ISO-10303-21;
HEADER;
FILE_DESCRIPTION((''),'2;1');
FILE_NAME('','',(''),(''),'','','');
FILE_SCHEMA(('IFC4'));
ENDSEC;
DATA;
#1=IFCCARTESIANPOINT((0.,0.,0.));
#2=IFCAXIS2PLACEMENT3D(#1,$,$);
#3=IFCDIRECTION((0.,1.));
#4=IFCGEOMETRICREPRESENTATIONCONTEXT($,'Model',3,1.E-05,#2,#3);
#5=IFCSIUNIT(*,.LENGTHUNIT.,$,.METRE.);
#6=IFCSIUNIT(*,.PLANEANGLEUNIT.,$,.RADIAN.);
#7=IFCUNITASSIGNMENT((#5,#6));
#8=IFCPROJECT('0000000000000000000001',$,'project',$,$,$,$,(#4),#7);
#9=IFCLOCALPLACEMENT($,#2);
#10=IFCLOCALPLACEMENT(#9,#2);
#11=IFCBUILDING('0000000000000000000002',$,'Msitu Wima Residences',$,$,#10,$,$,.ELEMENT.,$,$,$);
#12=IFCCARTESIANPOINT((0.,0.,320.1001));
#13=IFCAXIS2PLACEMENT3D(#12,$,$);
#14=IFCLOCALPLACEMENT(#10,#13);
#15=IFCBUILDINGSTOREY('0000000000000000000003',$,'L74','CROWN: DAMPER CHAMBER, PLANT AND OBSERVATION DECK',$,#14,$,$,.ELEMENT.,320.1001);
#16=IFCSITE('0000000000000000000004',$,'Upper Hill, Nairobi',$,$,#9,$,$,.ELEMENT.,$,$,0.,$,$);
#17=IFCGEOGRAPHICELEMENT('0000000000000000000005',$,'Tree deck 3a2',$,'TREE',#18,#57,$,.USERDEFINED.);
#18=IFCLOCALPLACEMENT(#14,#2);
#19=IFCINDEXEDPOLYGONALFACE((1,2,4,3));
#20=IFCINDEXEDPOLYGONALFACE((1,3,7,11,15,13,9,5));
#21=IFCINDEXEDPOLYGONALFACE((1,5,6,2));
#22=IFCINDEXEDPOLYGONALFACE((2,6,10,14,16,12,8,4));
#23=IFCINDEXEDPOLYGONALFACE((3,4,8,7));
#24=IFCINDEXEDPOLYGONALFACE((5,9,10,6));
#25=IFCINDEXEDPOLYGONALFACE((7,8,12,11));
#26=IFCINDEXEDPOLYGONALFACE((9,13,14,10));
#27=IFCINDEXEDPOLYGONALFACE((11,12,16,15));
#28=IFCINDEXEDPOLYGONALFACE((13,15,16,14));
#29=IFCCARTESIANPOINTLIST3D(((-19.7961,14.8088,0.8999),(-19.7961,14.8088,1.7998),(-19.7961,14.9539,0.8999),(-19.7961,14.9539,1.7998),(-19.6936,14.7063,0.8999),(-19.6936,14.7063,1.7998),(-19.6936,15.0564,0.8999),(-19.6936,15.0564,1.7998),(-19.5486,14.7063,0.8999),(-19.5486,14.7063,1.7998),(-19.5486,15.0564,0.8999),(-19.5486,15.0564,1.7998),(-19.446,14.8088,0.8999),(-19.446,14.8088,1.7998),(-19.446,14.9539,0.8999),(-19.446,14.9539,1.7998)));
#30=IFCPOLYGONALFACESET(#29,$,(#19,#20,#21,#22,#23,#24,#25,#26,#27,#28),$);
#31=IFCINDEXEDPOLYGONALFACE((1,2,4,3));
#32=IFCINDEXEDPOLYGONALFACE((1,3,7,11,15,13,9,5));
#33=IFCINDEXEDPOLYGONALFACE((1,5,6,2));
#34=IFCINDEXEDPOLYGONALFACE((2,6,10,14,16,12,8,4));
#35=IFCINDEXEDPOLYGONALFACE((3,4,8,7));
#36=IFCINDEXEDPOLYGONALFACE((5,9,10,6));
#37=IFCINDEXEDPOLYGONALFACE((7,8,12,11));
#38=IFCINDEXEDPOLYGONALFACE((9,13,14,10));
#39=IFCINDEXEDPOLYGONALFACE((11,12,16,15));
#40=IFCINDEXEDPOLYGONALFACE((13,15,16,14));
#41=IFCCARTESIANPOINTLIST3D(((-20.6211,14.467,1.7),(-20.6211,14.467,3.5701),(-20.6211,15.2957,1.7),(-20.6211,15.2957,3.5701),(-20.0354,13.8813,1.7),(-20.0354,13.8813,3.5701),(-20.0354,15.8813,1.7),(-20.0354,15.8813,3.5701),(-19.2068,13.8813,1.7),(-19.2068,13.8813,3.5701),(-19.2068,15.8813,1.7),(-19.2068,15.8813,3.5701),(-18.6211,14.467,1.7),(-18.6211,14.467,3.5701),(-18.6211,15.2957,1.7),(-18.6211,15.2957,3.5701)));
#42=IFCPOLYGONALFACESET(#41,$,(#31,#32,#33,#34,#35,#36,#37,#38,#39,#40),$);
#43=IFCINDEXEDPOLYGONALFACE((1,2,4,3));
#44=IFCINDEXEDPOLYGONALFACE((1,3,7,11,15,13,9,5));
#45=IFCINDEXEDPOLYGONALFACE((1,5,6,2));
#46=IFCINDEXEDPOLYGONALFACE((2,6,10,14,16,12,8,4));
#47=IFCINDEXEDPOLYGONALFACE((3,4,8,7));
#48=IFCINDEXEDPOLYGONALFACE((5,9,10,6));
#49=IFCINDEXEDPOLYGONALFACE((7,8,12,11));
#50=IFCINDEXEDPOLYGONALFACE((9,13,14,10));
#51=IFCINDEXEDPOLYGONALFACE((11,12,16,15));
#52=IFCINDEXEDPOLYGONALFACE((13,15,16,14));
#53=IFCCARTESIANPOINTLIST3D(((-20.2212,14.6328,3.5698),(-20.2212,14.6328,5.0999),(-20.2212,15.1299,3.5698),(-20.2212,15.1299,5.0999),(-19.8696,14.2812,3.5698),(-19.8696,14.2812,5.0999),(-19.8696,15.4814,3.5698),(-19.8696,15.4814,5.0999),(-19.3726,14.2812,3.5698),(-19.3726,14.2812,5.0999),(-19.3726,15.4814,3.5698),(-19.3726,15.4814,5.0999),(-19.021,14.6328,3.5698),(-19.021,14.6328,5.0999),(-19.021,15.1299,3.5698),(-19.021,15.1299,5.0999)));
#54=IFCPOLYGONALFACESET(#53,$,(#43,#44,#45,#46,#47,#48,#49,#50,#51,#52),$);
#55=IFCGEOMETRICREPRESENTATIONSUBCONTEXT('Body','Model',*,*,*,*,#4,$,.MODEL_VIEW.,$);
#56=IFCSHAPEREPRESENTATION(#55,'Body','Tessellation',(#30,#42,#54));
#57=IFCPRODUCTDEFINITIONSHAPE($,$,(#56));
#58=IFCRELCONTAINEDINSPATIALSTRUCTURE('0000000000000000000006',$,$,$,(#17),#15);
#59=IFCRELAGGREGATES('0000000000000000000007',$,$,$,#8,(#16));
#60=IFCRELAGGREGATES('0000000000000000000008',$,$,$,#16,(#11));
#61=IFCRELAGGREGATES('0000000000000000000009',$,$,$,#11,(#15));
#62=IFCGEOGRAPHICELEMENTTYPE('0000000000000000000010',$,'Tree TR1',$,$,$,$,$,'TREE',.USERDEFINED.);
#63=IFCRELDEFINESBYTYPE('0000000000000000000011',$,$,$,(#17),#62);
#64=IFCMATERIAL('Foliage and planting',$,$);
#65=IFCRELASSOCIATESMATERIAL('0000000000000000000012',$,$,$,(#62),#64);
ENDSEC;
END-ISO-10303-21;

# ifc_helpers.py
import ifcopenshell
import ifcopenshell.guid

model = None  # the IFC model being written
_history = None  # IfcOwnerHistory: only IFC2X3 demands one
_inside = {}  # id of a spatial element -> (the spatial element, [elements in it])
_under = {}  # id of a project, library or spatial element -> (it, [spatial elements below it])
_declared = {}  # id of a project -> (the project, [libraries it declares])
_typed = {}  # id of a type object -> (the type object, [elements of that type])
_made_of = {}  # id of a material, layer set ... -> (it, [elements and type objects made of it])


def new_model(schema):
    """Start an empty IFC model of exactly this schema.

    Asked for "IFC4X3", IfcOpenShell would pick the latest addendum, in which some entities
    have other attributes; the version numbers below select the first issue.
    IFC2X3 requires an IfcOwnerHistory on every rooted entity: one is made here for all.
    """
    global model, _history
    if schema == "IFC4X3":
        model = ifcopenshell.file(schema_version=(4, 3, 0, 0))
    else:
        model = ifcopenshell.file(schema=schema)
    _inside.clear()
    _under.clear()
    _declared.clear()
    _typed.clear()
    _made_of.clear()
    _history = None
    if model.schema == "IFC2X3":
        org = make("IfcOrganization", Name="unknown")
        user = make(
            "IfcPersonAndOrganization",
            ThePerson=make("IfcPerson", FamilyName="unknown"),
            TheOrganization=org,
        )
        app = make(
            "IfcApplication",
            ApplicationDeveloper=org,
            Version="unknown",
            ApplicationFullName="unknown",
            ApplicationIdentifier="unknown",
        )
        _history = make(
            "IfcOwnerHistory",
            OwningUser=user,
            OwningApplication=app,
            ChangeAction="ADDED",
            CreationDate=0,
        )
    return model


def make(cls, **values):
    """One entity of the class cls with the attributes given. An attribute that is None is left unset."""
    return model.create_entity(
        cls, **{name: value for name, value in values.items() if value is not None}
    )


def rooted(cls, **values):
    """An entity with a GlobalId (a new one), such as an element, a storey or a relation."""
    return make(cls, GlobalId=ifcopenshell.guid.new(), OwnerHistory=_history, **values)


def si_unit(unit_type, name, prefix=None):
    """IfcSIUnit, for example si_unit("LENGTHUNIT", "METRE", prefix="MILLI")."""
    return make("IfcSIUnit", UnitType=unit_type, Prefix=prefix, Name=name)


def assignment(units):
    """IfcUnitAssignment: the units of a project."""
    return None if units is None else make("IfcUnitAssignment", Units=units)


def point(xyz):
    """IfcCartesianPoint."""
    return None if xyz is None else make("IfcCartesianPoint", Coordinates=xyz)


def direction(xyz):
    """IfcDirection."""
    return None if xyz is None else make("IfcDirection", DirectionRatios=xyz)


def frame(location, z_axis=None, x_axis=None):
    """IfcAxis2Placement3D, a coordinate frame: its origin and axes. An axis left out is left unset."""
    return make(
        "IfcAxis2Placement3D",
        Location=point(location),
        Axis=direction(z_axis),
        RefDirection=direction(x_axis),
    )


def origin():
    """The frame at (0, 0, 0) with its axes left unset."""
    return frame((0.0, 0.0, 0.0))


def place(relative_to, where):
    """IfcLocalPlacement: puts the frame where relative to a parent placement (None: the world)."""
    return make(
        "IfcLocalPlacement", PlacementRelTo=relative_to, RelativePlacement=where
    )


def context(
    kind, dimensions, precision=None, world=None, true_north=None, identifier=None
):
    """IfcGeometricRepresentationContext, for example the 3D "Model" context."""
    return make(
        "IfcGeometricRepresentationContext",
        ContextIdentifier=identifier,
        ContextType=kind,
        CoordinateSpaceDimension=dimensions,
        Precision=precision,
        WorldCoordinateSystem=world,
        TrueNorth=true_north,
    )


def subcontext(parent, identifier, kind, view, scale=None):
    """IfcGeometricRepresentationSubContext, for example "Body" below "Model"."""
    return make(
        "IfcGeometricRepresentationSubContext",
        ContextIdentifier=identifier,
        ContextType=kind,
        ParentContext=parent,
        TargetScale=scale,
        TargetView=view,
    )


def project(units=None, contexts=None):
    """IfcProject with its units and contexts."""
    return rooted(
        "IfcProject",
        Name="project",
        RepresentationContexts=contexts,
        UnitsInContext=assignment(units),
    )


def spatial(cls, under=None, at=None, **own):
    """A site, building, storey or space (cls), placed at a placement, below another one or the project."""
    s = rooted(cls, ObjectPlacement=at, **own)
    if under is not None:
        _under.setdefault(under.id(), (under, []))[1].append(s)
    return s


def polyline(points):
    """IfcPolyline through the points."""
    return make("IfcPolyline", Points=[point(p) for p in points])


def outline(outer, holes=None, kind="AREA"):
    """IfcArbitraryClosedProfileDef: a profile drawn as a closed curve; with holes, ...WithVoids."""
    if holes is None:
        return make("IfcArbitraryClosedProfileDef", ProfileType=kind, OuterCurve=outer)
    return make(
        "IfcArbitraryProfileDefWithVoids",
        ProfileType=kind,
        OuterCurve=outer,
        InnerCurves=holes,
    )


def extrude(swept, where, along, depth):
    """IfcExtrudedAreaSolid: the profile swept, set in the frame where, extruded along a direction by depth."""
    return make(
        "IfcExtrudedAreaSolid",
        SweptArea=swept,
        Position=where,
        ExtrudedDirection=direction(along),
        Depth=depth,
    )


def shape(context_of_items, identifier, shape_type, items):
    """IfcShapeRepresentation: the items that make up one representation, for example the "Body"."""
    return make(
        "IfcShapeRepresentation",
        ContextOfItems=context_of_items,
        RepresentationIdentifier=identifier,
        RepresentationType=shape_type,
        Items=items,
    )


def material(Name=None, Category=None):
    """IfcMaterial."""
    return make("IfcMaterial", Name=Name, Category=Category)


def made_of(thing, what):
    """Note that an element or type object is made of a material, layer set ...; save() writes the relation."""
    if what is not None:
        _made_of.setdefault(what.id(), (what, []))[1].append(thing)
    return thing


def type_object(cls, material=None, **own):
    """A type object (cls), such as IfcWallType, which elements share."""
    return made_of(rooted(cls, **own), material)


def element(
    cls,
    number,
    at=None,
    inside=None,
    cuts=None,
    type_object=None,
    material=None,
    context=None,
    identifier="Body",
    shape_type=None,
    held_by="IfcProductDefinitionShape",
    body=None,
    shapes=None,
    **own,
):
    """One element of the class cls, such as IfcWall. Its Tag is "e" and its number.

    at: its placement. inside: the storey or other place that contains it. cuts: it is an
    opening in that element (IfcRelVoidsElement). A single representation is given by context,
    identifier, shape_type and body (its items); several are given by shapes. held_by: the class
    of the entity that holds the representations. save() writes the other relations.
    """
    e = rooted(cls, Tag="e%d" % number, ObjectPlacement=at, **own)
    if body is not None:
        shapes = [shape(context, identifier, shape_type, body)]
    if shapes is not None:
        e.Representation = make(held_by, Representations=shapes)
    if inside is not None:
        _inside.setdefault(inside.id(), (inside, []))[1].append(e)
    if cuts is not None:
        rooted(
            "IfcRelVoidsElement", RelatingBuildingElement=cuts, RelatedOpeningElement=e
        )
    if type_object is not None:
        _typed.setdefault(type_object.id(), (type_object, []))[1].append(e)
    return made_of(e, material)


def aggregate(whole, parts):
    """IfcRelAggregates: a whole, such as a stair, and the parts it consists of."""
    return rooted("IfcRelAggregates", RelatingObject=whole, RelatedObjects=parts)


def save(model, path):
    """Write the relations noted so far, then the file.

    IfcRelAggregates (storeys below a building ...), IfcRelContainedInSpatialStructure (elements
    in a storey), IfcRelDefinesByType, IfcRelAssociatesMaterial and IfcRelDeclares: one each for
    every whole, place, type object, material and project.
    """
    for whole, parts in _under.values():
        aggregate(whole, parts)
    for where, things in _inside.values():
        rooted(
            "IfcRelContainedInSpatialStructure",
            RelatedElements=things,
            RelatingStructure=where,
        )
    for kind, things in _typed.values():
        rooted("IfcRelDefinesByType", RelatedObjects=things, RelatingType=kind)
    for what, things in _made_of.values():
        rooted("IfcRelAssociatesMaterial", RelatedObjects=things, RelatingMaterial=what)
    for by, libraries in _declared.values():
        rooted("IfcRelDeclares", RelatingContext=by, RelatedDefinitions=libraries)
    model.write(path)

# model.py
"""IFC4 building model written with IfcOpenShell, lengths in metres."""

from ifc_helpers import new_model, si_unit, direction, frame, origin, place, context, subcontext, project, spatial, polyline, outline, extrude, material, type_object, element, save


model = new_model("IFC4")

# Units and contexts
model_context = context("Model", 3, precision=1e-05, world=origin(), true_north=direction((0.0, 1.0)))
body_context = subcontext(model_context, "Body", "Model", "MODEL_VIEW")
ifc_project = project(units=[si_unit("LENGTHUNIT", "METRE"), si_unit("PLANEANGLEUNIT", "RADIAN")], contexts=[model_context])

# Site, building, storey
site_placement = place(None, origin())
site = spatial("IfcSite", under=ifc_project, at=site_placement, Name="Upper Hill, Nairobi", CompositionType="ELEMENT", RefElevation=0.0)
building_placement = place(site_placement, origin())
building = spatial("IfcBuilding", under=site, at=building_placement, Name="Msitu Wima Residences", CompositionType="ELEMENT")
storey_placement = place(building_placement, frame((0.0, 0.0, 320.1001)))
storey = spatial("IfcBuildingStorey", under=building, at=storey_placement, Name="L74", Description="CROWN: DAMPER CHAMBER, PLANT AND OBSERVATION DECK", CompositionType="ELEMENT", Elevation=320.1001)

# Geographic element
ifc_material_1 = material(Name="Foliage and planting")
geographic_element_type = type_object("IfcGeographicElementType", Name="Tree TR1", ElementType="TREE", PredefinedType="USERDEFINED", material=ifc_material_1)
geographic_element_placement = place(storey_placement, frame((-19.6211, 14.8813, 0.8999), z_axis=(0.0, 0.0, 1.0), x_axis=(1.0, 0.0, 0.0)))
element("IfcGeographicElement", 1, at=geographic_element_placement, inside=storey, type_object=geographic_element_type, Name="Tree deck 3a2", ObjectType="TREE", PredefinedType="USERDEFINED", context=body_context, shape_type="SweptSolid", body=[
    extrude(outline(polyline([(0.175, 0.0725), (0.0725, 0.175), (-0.0725, 0.175), (-0.175, 0.0725), (-0.175, -0.0725), (-0.0725, -0.175), (0.0725, -0.175), (0.175, -0.0725), (0.175, 0.0725)])), origin(), (0.0, 0.0, 1.0), 0.8999),
    extrude(outline(polyline([(1.0, 0.4143), (0.4143, 1.0), (-0.4143, 1.0), (-1.0, 0.4143), (-1.0, -0.4143), (-0.4143, -1.0), (0.4143, -1.0), (1.0, -0.4143), (1.0, 0.4143)])), frame((0.0, 0.0, 0.8)), (0.0, 0.0, 1.0), 1.8701),
    extrude(outline(polyline([(0.6001, 0.2485), (0.2485, 0.6001), (-0.2485, 0.6001), (-0.6001, 0.2485), (-0.6001, -0.2485), (-0.2485, -0.6001), (0.2485, -0.6001), (0.6001, -0.2485), (0.6001, 0.2485)])), frame((0.0, 0.0, 2.6699)), (0.0, 0.0, 1.0), 1.53),
])

save(model, "model.ifc")
